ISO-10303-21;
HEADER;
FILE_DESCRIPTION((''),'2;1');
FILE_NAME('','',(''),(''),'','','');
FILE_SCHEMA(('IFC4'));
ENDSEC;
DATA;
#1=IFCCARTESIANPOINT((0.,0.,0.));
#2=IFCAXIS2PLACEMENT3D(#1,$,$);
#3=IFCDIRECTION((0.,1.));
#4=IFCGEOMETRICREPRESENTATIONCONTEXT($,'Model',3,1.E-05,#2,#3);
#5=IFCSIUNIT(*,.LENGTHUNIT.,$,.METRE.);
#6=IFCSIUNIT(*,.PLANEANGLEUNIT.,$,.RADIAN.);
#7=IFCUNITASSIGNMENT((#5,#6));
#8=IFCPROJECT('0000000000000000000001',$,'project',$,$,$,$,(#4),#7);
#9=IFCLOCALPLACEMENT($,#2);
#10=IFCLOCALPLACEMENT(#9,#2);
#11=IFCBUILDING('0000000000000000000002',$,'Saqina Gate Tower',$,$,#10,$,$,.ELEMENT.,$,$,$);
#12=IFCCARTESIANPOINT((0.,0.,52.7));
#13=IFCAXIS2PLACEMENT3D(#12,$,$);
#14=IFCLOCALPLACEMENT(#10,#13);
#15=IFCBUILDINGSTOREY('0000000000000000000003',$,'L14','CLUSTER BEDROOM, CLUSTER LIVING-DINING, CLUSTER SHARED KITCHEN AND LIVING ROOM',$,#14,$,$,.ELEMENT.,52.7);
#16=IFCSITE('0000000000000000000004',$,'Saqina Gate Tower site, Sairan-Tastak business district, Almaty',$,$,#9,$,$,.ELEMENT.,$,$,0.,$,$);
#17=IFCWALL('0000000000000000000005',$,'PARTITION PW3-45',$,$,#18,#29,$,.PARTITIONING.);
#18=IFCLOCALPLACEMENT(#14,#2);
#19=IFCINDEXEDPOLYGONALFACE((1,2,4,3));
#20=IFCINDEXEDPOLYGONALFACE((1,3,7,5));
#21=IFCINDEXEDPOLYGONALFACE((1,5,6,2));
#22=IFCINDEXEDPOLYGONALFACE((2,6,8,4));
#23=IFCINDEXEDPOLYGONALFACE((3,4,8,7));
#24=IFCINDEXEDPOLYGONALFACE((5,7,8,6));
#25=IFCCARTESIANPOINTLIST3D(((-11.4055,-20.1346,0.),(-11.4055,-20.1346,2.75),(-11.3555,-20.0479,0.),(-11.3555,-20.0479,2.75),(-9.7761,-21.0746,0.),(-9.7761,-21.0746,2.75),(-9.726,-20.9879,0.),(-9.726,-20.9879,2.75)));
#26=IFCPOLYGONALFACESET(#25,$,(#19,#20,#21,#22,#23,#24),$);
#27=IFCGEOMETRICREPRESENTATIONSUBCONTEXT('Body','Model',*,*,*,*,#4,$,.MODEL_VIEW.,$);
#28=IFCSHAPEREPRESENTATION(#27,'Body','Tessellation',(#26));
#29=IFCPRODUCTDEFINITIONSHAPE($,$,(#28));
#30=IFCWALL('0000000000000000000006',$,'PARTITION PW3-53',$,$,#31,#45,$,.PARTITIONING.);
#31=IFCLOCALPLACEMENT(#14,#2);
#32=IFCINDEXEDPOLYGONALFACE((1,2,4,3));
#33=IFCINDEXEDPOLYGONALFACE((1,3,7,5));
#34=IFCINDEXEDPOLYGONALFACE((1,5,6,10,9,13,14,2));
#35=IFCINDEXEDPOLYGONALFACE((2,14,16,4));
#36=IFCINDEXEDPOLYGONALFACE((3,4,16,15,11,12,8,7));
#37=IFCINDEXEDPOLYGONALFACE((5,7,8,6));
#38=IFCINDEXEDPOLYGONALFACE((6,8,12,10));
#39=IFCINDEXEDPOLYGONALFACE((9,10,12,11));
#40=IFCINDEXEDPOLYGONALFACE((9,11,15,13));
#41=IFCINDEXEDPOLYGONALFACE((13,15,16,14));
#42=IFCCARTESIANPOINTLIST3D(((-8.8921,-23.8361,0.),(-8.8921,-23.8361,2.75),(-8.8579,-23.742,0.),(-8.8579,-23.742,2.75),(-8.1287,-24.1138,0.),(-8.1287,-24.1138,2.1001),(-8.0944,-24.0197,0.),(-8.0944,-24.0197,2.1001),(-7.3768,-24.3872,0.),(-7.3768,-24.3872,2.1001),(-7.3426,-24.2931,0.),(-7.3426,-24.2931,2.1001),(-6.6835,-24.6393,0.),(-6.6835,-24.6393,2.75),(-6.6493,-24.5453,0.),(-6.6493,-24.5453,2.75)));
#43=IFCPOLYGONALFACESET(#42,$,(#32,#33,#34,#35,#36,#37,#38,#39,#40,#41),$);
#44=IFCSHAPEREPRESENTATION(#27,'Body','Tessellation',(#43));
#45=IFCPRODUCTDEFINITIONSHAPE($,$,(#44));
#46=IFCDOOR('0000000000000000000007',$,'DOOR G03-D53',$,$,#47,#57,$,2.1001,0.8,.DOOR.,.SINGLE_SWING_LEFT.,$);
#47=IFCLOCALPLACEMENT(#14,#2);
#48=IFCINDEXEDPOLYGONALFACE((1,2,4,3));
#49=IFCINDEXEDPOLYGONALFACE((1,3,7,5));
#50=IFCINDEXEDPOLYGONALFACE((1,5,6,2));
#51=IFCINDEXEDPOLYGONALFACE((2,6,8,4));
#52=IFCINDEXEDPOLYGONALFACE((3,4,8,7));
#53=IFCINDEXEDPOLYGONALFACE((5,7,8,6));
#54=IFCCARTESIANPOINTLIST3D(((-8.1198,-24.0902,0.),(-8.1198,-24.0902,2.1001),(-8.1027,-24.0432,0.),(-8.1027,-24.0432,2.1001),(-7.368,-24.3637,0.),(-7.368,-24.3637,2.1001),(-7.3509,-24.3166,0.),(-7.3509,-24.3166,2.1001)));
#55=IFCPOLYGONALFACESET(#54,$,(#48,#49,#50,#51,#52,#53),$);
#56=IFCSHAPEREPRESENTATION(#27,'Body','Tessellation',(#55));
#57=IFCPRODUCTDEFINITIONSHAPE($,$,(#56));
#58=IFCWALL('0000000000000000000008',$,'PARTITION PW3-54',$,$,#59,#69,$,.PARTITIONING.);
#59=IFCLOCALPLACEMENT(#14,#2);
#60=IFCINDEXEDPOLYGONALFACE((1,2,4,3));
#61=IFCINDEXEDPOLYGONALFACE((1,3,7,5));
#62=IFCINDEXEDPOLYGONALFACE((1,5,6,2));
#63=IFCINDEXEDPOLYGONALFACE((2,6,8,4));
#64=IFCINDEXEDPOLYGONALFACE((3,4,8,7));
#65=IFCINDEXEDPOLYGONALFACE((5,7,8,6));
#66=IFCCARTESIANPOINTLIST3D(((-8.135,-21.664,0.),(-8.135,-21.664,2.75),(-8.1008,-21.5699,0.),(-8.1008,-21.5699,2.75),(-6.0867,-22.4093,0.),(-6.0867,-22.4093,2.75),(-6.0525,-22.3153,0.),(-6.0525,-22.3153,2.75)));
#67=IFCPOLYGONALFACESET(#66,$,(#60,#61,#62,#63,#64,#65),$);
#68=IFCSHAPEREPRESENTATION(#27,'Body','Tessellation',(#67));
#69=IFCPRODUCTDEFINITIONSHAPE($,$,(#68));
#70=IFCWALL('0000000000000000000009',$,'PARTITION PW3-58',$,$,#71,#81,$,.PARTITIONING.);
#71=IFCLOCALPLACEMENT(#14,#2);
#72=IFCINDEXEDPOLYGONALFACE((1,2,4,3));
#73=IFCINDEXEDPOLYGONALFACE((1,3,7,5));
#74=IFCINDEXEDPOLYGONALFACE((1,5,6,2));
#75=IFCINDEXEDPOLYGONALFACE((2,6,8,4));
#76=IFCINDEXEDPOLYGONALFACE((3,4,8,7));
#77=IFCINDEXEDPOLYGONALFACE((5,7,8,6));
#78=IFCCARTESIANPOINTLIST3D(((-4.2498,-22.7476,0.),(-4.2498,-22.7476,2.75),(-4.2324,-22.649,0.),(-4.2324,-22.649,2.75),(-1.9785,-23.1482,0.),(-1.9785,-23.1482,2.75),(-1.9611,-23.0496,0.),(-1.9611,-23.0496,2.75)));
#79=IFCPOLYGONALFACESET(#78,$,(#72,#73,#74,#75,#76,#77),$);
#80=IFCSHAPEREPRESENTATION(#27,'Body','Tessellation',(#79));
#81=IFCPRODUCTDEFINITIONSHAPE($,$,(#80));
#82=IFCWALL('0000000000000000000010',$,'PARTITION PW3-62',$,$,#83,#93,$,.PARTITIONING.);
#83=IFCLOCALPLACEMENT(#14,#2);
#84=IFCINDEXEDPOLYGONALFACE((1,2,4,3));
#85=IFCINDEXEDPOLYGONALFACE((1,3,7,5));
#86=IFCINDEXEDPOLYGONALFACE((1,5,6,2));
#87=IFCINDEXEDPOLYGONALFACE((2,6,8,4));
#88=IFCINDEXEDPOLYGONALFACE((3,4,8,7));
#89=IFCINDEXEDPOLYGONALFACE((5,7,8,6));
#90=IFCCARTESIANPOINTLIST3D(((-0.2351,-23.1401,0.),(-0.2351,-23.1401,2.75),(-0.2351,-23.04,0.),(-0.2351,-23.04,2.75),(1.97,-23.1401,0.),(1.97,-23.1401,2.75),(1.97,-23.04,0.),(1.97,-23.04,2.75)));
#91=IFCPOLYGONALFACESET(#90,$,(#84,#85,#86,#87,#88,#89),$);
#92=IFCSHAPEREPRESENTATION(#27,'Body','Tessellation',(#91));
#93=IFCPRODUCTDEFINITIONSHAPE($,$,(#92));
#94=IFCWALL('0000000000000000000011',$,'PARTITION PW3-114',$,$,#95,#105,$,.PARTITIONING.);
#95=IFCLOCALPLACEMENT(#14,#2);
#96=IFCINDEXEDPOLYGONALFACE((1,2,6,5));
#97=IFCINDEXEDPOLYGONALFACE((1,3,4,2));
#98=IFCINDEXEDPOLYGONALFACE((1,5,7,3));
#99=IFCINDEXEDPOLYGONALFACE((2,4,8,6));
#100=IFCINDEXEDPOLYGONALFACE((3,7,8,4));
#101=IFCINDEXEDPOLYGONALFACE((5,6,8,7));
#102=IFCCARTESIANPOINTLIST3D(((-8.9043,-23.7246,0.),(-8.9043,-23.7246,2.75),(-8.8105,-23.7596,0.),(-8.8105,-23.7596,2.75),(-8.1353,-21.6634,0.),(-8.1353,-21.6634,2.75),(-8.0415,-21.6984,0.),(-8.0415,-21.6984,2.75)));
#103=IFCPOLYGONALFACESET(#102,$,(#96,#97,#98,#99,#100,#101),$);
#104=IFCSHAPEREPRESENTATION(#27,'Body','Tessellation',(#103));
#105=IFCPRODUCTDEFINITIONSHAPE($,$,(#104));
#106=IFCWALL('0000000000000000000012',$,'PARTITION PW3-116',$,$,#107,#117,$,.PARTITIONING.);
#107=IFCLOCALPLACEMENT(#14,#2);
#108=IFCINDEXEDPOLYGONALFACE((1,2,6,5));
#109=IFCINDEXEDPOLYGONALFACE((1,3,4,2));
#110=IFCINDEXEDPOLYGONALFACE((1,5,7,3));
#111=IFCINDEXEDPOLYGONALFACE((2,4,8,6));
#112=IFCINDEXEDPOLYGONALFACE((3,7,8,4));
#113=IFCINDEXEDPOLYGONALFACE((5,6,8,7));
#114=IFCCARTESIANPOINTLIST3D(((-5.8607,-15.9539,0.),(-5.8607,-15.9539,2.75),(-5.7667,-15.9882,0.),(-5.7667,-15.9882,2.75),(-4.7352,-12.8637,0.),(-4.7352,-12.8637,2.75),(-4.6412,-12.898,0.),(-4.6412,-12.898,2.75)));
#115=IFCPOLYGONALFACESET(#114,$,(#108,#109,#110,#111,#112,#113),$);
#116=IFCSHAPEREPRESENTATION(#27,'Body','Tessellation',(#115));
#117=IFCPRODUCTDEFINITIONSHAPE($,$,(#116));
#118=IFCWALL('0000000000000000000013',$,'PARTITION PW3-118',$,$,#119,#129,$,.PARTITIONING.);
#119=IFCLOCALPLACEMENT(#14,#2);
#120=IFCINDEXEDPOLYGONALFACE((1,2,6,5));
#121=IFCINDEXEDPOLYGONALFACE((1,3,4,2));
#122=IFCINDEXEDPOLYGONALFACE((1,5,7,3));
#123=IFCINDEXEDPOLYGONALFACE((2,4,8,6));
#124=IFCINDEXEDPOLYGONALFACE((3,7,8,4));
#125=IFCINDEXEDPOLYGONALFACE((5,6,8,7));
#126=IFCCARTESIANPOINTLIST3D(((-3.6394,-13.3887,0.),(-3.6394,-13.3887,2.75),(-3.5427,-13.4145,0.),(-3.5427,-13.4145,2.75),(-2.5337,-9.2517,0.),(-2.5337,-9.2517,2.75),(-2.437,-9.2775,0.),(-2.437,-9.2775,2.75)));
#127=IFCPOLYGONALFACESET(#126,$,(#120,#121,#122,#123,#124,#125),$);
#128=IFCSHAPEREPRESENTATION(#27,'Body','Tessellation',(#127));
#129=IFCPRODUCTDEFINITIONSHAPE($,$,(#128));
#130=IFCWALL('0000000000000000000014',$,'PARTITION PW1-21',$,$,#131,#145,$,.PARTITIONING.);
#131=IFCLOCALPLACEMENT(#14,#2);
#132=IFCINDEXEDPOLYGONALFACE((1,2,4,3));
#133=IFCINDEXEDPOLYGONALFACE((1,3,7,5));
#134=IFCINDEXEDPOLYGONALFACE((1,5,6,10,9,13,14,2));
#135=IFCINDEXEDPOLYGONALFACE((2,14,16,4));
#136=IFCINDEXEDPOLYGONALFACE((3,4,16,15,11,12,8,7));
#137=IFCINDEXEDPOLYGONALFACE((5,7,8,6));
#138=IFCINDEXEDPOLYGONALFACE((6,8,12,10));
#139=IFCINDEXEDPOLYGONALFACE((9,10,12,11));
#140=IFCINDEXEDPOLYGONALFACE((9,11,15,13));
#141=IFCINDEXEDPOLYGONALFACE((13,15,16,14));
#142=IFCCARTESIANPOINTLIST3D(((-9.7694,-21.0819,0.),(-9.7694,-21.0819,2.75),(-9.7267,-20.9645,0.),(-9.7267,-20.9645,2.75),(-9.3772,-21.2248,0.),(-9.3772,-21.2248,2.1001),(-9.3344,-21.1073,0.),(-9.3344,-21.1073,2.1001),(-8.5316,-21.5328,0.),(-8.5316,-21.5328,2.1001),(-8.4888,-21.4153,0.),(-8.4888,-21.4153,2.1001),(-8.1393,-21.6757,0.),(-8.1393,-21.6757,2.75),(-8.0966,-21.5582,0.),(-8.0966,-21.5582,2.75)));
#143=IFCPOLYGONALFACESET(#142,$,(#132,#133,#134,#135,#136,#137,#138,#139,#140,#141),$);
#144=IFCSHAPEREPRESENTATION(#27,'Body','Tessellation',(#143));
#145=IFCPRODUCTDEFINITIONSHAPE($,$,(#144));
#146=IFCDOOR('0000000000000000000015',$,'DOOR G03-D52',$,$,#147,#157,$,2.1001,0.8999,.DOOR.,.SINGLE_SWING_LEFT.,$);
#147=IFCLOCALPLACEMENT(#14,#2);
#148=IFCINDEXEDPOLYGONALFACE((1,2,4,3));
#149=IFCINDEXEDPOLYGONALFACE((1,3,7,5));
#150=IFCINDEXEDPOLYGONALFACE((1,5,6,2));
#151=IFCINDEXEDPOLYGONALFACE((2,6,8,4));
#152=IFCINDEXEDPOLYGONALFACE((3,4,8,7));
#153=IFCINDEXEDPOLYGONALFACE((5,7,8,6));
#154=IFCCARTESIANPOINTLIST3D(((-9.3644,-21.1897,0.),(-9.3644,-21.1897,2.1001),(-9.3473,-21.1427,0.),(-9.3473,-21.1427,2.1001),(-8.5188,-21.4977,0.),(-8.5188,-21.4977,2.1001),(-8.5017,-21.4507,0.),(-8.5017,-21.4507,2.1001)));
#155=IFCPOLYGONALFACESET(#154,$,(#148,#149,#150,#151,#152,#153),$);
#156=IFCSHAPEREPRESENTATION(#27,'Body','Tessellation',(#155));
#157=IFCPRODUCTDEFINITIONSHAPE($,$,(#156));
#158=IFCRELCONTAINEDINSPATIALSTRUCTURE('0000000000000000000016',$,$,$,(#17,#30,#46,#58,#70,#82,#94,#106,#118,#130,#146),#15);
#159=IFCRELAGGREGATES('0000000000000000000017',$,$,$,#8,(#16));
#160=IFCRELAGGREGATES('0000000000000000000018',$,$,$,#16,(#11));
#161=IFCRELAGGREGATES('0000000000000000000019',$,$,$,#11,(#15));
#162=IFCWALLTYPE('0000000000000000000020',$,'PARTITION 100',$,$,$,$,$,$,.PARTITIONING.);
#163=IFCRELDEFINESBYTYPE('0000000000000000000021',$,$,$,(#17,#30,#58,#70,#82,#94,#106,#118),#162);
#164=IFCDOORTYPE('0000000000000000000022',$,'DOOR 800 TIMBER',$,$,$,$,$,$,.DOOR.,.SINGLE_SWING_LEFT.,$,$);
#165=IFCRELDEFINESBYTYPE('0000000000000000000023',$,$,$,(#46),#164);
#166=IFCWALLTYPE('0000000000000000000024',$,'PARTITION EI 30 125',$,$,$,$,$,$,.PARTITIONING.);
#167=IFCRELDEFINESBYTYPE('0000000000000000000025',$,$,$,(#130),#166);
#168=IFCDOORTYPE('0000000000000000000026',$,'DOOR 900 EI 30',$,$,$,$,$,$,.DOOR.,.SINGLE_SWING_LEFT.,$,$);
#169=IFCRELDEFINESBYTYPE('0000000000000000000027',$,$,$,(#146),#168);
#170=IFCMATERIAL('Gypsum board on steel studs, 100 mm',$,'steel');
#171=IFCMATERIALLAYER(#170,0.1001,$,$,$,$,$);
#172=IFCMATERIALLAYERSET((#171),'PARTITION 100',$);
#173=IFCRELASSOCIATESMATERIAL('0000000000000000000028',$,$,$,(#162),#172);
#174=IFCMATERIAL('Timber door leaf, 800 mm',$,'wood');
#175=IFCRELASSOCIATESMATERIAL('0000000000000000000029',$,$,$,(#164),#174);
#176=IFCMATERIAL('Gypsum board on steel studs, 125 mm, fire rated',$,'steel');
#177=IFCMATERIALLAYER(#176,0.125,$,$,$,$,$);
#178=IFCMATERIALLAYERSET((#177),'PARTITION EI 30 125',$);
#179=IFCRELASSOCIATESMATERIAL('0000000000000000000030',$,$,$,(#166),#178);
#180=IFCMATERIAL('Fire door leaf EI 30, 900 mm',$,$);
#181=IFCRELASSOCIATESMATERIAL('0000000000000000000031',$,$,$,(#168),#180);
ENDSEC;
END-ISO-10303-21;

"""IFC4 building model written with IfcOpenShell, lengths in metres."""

from ifc_helpers import new_model, si_unit, direction, frame, frame_2d, origin, place, context, subcontext, project, spatial, rectangle, extrude, material, layer, layer_set, type_object, element, fill, save


model = new_model("IFC4")

# Units and contexts
model_context = context("Model", 3, precision=1e-05, world=origin(), true_north=direction((0.0, 1.0)))
body_context = subcontext(model_context, "Body", "Model", "MODEL_VIEW")
ifc_project = project(units=[si_unit("LENGTHUNIT", "METRE"), si_unit("PLANEANGLEUNIT", "RADIAN")], contexts=[model_context])

# Site, building, storey
site_placement = place(None, origin())
site = spatial("IfcSite", under=ifc_project, at=site_placement, Name="Saqina Gate Tower site, Sairan-Tastak business district, Almaty", CompositionType="ELEMENT", RefElevation=0.0)
building_placement = place(site_placement, origin())
building = spatial("IfcBuilding", under=site, at=building_placement, Name="Saqina Gate Tower", CompositionType="ELEMENT")
storey_placement = place(building_placement, frame((0.0, 0.0, 52.7)))
storey = spatial("IfcBuildingStorey", under=building, at=storey_placement, Name="L14", Description="CLUSTER BEDROOM, CLUSTER LIVING-DINING, CLUSTER SHARED KITCHEN AND LIVING ROOM", CompositionType="ELEMENT", Elevation=52.7)

# Wall
ifc_material_1 = material(Name="Gypsum board on steel studs, 100 mm", Category="steel")
ifc_layer_1 = layer(ifc_material_1, 0.1001)
ifc_layer_set_1 = layer_set([ifc_layer_1], Name="PARTITION 100")
wall_type_1 = type_object("IfcWallType", Name="PARTITION 100", PredefinedType="PARTITIONING", material=ifc_layer_set_1)
wall_1_placement = place(storey_placement, frame((-11.3804, -20.0913, 0.0), z_axis=(0.0, 0.0, 1.0), x_axis=(0.866207, -0.499685, 0.0)))
element("IfcWall", 1, at=wall_1_placement, inside=storey, type_object=wall_type_1, Name="PARTITION PW3-45", PredefinedType="PARTITIONING", context=body_context, shape_type="SweptSolid", body=[
    extrude(rectangle(XDim=1.8811, YDim=0.1001, at=frame_2d((0.9404, 0.0))), origin(), (0.0, 0.0, 1.0), 2.75),
])

# Wall, opening, door
wall_2_placement = place(storey_placement, frame((-8.875, -23.7891, 0.0), z_axis=(0.0, 0.0, 1.0), x_axis=(0.939775, -0.341793, 0.0)))
wall_2 = element("IfcWall", 2, at=wall_2_placement, inside=storey, type_object=wall_type_1, Name="PARTITION PW3-53", PredefinedType="PARTITIONING", context=body_context, shape_type="SweptSolid", body=[
    extrude(rectangle(XDim=2.3501, YDim=0.1001, at=frame_2d((1.175, 0.0))), origin(), (0.0, 0.0, 1.0), 2.75),
])
opening_1_placement = place(wall_2_placement, frame((0.8125, 0.0, 0.0)))
opening_1 = element("IfcOpeningElement", 3, at=opening_1_placement, cuts=wall_2, PredefinedType="OPENING", context=body_context, shape_type="SweptSolid", body=[
    extrude(rectangle(XDim=0.8, YDim=2.1001, at=frame_2d((0.3999, 1.05))), frame((0.0, 0.062, 0.0), z_axis=(0.0, -1.0, 0.0), x_axis=(1.0, 0.0, 0.0)), (0.0, 0.0, 1.0), 0.124),
])
ifc_material_2 = material(Name="Timber door leaf, 800 mm", Category="wood")
door_type_1 = type_object("IfcDoorType", Name="DOOR 800 TIMBER", OperationType="SINGLE_SWING_LEFT", PredefinedType="DOOR", material=ifc_material_2)
door_1_placement = place(opening_1_placement, frame((0.8, 0.0, 0.0), z_axis=(0.0, 0.0, 1.0), x_axis=(-1.0, 0.0, 0.0)))
door_1 = element("IfcDoor", 4, at=door_1_placement, inside=storey, type_object=door_type_1, Name="DOOR G03-D53", OperationType="SINGLE_SWING_LEFT", OverallHeight=2.1001, OverallWidth=0.8, PredefinedType="DOOR", context=body_context, shape_type="SweptSolid", body=[
    extrude(rectangle(XDim=0.8, YDim=2.1001, at=frame_2d((0.3999, 1.05))), frame((0.0, 0.0249, 0.0), z_axis=(0.0, -1.0, 0.0), x_axis=(1.0, 0.0, 0.0)), (0.0, 0.0, 1.0), 0.05),
])
fill(opening_1, door_1)

# Walls
wall_3_placement = place(storey_placement, frame((-8.1179, -21.6169, 0.0), z_axis=(0.0, 0.0, 1.0), x_axis=(0.939718, -0.34195, 0.0)))
element("IfcWall", 5, at=wall_3_placement, inside=storey, type_object=wall_type_1, Name="PARTITION PW3-54", PredefinedType="PARTITIONING", context=body_context, shape_type="SweptSolid", body=[
    extrude(rectangle(XDim=2.1797, YDim=0.1001, at=frame_2d((1.0898, 0.0))), origin(), (0.0, 0.0, 1.0), 2.75),
])
wall_4_placement = place(storey_placement, frame((-4.2412, -22.6982, 0.0), z_axis=(0.0, 0.0, 1.0), x_axis=(0.984796, -0.173713, 0.0)))
element("IfcWall", 6, at=wall_4_placement, inside=storey, type_object=wall_type_1, Name="PARTITION PW3-58", PredefinedType="PARTITIONING", context=body_context, shape_type="SweptSolid", body=[
    extrude(rectangle(XDim=2.3064, YDim=0.1001, at=frame_2d((1.1533, 0.0))), origin(), (0.0, 0.0, 1.0), 2.75),
])
wall_5_placement = place(storey_placement, frame((-0.2351, -23.0901, 0.0), z_axis=(0.0, 0.0, 1.0), x_axis=(1.0, 0.0, 0.0)))
element("IfcWall", 7, at=wall_5_placement, inside=storey, type_object=wall_type_1, Name="PARTITION PW3-62", PredefinedType="PARTITIONING", context=body_context, shape_type="SweptSolid", body=[
    extrude(rectangle(XDim=2.2051, YDim=0.1001, at=frame_2d((1.1025, 0.0))), origin(), (0.0, 0.0, 1.0), 2.75),
])
wall_6_placement = place(storey_placement, frame((-8.8574, -23.7422, 0.0), z_axis=(0.0, 0.0, 1.0), x_axis=(0.349554, 0.936916, 0.0)))
element("IfcWall", 8, at=wall_6_placement, inside=storey, type_object=wall_type_1, Name="PARTITION PW3-114", PredefinedType="PARTITIONING", context=body_context, shape_type="SweptSolid", body=[
    extrude(rectangle(XDim=2.2, YDim=0.1001, at=frame_2d((1.1001, 0.0))), origin(), (0.0, 0.0, 1.0), 2.75),
])
wall_7_placement = place(storey_placement, frame((-5.8137, -15.9712, 0.0), z_axis=(0.0, 0.0, 1.0), x_axis=(0.342208, 0.939624, 0.0)))
element("IfcWall", 9, at=wall_7_placement, inside=storey, type_object=wall_type_1, Name="PARTITION PW3-116", PredefinedType="PARTITIONING", context=body_context, shape_type="SweptSolid", body=[
    extrude(rectangle(XDim=3.2888, YDim=0.1001, at=frame_2d((1.6445, 0.0))), origin(), (0.0, 0.0, 1.0), 2.75),
])
wall_8_placement = place(storey_placement, frame((-3.5911, -13.4016, 0.0), z_axis=(0.0, 0.0, 1.0), x_axis=(0.258213, 0.966088, 0.0)))
element("IfcWall", 10, at=wall_8_placement, inside=storey, type_object=wall_type_1, Name="PARTITION PW3-118", PredefinedType="PARTITIONING", context=body_context, shape_type="SweptSolid", body=[
    extrude(rectangle(XDim=4.2822, YDim=0.1001, at=frame_2d((2.1411, 0.0))), origin(), (0.0, 0.0, 1.0), 2.75),
])

# Wall, opening, door
ifc_material_3 = material(Name="Gypsum board on steel studs, 125 mm, fire rated", Category="steel")
ifc_layer_2 = layer(ifc_material_3, 0.125)
ifc_layer_set_2 = layer_set([ifc_layer_2], Name="PARTITION EI 30 125")
wall_type_2 = type_object("IfcWallType", Name="PARTITION EI 30 125", PredefinedType="PARTITIONING", material=ifc_layer_set_2)
wall_9_placement = place(storey_placement, frame((-9.748, -21.0232, 0.0), z_axis=(0.0, 0.0, 1.0), x_axis=(0.939613, -0.34224, 0.0)))
wall_9 = element("IfcWall", 11, at=wall_9_placement, inside=storey, type_object=wall_type_2, Name="PARTITION PW1-21", PredefinedType="PARTITIONING", context=body_context, shape_type="SweptSolid", body=[
    extrude(rectangle(XDim=1.7349, YDim=0.125, at=frame_2d((0.8674, 0.0))), origin(), (0.0, 0.0, 1.0), 2.75),
])
opening_2_placement = place(wall_9_placement, frame((0.4175, 0.0, 0.0)))
opening_2 = element("IfcOpeningElement", 12, at=opening_2_placement, cuts=wall_9, PredefinedType="OPENING", context=body_context, shape_type="SweptSolid", body=[
    extrude(rectangle(XDim=0.8999, YDim=2.1001, at=frame_2d((0.45, 1.05))), frame((0.0, 0.0745, 0.0), z_axis=(0.0, -1.0, 0.0), x_axis=(1.0, 0.0, 0.0)), (0.0, 0.0, 1.0), 0.1489),
])
ifc_material_4 = material(Name="Fire door leaf EI 30, 900 mm")
door_type_2 = type_object("IfcDoorType", Name="DOOR 900 EI 30", OperationType="SINGLE_SWING_LEFT", PredefinedType="DOOR", material=ifc_material_4)
door_2_placement = place(opening_2_placement, origin())
door_2 = element("IfcDoor", 13, at=door_2_placement, inside=storey, type_object=door_type_2, Name="DOOR G03-D52", OperationType="SINGLE_SWING_LEFT", OverallHeight=2.1001, OverallWidth=0.8999, PredefinedType="DOOR", context=body_context, shape_type="SweptSolid", body=[
    extrude(rectangle(XDim=0.8999, YDim=2.1001, at=frame_2d((0.45, 1.05))), frame((0.0, 0.0249, 0.0), z_axis=(0.0, -1.0, 0.0), x_axis=(1.0, 0.0, 0.0)), (0.0, 0.0, 1.0), 0.05),
])
fill(opening_2, door_2)

save(model, "model.ifc")
